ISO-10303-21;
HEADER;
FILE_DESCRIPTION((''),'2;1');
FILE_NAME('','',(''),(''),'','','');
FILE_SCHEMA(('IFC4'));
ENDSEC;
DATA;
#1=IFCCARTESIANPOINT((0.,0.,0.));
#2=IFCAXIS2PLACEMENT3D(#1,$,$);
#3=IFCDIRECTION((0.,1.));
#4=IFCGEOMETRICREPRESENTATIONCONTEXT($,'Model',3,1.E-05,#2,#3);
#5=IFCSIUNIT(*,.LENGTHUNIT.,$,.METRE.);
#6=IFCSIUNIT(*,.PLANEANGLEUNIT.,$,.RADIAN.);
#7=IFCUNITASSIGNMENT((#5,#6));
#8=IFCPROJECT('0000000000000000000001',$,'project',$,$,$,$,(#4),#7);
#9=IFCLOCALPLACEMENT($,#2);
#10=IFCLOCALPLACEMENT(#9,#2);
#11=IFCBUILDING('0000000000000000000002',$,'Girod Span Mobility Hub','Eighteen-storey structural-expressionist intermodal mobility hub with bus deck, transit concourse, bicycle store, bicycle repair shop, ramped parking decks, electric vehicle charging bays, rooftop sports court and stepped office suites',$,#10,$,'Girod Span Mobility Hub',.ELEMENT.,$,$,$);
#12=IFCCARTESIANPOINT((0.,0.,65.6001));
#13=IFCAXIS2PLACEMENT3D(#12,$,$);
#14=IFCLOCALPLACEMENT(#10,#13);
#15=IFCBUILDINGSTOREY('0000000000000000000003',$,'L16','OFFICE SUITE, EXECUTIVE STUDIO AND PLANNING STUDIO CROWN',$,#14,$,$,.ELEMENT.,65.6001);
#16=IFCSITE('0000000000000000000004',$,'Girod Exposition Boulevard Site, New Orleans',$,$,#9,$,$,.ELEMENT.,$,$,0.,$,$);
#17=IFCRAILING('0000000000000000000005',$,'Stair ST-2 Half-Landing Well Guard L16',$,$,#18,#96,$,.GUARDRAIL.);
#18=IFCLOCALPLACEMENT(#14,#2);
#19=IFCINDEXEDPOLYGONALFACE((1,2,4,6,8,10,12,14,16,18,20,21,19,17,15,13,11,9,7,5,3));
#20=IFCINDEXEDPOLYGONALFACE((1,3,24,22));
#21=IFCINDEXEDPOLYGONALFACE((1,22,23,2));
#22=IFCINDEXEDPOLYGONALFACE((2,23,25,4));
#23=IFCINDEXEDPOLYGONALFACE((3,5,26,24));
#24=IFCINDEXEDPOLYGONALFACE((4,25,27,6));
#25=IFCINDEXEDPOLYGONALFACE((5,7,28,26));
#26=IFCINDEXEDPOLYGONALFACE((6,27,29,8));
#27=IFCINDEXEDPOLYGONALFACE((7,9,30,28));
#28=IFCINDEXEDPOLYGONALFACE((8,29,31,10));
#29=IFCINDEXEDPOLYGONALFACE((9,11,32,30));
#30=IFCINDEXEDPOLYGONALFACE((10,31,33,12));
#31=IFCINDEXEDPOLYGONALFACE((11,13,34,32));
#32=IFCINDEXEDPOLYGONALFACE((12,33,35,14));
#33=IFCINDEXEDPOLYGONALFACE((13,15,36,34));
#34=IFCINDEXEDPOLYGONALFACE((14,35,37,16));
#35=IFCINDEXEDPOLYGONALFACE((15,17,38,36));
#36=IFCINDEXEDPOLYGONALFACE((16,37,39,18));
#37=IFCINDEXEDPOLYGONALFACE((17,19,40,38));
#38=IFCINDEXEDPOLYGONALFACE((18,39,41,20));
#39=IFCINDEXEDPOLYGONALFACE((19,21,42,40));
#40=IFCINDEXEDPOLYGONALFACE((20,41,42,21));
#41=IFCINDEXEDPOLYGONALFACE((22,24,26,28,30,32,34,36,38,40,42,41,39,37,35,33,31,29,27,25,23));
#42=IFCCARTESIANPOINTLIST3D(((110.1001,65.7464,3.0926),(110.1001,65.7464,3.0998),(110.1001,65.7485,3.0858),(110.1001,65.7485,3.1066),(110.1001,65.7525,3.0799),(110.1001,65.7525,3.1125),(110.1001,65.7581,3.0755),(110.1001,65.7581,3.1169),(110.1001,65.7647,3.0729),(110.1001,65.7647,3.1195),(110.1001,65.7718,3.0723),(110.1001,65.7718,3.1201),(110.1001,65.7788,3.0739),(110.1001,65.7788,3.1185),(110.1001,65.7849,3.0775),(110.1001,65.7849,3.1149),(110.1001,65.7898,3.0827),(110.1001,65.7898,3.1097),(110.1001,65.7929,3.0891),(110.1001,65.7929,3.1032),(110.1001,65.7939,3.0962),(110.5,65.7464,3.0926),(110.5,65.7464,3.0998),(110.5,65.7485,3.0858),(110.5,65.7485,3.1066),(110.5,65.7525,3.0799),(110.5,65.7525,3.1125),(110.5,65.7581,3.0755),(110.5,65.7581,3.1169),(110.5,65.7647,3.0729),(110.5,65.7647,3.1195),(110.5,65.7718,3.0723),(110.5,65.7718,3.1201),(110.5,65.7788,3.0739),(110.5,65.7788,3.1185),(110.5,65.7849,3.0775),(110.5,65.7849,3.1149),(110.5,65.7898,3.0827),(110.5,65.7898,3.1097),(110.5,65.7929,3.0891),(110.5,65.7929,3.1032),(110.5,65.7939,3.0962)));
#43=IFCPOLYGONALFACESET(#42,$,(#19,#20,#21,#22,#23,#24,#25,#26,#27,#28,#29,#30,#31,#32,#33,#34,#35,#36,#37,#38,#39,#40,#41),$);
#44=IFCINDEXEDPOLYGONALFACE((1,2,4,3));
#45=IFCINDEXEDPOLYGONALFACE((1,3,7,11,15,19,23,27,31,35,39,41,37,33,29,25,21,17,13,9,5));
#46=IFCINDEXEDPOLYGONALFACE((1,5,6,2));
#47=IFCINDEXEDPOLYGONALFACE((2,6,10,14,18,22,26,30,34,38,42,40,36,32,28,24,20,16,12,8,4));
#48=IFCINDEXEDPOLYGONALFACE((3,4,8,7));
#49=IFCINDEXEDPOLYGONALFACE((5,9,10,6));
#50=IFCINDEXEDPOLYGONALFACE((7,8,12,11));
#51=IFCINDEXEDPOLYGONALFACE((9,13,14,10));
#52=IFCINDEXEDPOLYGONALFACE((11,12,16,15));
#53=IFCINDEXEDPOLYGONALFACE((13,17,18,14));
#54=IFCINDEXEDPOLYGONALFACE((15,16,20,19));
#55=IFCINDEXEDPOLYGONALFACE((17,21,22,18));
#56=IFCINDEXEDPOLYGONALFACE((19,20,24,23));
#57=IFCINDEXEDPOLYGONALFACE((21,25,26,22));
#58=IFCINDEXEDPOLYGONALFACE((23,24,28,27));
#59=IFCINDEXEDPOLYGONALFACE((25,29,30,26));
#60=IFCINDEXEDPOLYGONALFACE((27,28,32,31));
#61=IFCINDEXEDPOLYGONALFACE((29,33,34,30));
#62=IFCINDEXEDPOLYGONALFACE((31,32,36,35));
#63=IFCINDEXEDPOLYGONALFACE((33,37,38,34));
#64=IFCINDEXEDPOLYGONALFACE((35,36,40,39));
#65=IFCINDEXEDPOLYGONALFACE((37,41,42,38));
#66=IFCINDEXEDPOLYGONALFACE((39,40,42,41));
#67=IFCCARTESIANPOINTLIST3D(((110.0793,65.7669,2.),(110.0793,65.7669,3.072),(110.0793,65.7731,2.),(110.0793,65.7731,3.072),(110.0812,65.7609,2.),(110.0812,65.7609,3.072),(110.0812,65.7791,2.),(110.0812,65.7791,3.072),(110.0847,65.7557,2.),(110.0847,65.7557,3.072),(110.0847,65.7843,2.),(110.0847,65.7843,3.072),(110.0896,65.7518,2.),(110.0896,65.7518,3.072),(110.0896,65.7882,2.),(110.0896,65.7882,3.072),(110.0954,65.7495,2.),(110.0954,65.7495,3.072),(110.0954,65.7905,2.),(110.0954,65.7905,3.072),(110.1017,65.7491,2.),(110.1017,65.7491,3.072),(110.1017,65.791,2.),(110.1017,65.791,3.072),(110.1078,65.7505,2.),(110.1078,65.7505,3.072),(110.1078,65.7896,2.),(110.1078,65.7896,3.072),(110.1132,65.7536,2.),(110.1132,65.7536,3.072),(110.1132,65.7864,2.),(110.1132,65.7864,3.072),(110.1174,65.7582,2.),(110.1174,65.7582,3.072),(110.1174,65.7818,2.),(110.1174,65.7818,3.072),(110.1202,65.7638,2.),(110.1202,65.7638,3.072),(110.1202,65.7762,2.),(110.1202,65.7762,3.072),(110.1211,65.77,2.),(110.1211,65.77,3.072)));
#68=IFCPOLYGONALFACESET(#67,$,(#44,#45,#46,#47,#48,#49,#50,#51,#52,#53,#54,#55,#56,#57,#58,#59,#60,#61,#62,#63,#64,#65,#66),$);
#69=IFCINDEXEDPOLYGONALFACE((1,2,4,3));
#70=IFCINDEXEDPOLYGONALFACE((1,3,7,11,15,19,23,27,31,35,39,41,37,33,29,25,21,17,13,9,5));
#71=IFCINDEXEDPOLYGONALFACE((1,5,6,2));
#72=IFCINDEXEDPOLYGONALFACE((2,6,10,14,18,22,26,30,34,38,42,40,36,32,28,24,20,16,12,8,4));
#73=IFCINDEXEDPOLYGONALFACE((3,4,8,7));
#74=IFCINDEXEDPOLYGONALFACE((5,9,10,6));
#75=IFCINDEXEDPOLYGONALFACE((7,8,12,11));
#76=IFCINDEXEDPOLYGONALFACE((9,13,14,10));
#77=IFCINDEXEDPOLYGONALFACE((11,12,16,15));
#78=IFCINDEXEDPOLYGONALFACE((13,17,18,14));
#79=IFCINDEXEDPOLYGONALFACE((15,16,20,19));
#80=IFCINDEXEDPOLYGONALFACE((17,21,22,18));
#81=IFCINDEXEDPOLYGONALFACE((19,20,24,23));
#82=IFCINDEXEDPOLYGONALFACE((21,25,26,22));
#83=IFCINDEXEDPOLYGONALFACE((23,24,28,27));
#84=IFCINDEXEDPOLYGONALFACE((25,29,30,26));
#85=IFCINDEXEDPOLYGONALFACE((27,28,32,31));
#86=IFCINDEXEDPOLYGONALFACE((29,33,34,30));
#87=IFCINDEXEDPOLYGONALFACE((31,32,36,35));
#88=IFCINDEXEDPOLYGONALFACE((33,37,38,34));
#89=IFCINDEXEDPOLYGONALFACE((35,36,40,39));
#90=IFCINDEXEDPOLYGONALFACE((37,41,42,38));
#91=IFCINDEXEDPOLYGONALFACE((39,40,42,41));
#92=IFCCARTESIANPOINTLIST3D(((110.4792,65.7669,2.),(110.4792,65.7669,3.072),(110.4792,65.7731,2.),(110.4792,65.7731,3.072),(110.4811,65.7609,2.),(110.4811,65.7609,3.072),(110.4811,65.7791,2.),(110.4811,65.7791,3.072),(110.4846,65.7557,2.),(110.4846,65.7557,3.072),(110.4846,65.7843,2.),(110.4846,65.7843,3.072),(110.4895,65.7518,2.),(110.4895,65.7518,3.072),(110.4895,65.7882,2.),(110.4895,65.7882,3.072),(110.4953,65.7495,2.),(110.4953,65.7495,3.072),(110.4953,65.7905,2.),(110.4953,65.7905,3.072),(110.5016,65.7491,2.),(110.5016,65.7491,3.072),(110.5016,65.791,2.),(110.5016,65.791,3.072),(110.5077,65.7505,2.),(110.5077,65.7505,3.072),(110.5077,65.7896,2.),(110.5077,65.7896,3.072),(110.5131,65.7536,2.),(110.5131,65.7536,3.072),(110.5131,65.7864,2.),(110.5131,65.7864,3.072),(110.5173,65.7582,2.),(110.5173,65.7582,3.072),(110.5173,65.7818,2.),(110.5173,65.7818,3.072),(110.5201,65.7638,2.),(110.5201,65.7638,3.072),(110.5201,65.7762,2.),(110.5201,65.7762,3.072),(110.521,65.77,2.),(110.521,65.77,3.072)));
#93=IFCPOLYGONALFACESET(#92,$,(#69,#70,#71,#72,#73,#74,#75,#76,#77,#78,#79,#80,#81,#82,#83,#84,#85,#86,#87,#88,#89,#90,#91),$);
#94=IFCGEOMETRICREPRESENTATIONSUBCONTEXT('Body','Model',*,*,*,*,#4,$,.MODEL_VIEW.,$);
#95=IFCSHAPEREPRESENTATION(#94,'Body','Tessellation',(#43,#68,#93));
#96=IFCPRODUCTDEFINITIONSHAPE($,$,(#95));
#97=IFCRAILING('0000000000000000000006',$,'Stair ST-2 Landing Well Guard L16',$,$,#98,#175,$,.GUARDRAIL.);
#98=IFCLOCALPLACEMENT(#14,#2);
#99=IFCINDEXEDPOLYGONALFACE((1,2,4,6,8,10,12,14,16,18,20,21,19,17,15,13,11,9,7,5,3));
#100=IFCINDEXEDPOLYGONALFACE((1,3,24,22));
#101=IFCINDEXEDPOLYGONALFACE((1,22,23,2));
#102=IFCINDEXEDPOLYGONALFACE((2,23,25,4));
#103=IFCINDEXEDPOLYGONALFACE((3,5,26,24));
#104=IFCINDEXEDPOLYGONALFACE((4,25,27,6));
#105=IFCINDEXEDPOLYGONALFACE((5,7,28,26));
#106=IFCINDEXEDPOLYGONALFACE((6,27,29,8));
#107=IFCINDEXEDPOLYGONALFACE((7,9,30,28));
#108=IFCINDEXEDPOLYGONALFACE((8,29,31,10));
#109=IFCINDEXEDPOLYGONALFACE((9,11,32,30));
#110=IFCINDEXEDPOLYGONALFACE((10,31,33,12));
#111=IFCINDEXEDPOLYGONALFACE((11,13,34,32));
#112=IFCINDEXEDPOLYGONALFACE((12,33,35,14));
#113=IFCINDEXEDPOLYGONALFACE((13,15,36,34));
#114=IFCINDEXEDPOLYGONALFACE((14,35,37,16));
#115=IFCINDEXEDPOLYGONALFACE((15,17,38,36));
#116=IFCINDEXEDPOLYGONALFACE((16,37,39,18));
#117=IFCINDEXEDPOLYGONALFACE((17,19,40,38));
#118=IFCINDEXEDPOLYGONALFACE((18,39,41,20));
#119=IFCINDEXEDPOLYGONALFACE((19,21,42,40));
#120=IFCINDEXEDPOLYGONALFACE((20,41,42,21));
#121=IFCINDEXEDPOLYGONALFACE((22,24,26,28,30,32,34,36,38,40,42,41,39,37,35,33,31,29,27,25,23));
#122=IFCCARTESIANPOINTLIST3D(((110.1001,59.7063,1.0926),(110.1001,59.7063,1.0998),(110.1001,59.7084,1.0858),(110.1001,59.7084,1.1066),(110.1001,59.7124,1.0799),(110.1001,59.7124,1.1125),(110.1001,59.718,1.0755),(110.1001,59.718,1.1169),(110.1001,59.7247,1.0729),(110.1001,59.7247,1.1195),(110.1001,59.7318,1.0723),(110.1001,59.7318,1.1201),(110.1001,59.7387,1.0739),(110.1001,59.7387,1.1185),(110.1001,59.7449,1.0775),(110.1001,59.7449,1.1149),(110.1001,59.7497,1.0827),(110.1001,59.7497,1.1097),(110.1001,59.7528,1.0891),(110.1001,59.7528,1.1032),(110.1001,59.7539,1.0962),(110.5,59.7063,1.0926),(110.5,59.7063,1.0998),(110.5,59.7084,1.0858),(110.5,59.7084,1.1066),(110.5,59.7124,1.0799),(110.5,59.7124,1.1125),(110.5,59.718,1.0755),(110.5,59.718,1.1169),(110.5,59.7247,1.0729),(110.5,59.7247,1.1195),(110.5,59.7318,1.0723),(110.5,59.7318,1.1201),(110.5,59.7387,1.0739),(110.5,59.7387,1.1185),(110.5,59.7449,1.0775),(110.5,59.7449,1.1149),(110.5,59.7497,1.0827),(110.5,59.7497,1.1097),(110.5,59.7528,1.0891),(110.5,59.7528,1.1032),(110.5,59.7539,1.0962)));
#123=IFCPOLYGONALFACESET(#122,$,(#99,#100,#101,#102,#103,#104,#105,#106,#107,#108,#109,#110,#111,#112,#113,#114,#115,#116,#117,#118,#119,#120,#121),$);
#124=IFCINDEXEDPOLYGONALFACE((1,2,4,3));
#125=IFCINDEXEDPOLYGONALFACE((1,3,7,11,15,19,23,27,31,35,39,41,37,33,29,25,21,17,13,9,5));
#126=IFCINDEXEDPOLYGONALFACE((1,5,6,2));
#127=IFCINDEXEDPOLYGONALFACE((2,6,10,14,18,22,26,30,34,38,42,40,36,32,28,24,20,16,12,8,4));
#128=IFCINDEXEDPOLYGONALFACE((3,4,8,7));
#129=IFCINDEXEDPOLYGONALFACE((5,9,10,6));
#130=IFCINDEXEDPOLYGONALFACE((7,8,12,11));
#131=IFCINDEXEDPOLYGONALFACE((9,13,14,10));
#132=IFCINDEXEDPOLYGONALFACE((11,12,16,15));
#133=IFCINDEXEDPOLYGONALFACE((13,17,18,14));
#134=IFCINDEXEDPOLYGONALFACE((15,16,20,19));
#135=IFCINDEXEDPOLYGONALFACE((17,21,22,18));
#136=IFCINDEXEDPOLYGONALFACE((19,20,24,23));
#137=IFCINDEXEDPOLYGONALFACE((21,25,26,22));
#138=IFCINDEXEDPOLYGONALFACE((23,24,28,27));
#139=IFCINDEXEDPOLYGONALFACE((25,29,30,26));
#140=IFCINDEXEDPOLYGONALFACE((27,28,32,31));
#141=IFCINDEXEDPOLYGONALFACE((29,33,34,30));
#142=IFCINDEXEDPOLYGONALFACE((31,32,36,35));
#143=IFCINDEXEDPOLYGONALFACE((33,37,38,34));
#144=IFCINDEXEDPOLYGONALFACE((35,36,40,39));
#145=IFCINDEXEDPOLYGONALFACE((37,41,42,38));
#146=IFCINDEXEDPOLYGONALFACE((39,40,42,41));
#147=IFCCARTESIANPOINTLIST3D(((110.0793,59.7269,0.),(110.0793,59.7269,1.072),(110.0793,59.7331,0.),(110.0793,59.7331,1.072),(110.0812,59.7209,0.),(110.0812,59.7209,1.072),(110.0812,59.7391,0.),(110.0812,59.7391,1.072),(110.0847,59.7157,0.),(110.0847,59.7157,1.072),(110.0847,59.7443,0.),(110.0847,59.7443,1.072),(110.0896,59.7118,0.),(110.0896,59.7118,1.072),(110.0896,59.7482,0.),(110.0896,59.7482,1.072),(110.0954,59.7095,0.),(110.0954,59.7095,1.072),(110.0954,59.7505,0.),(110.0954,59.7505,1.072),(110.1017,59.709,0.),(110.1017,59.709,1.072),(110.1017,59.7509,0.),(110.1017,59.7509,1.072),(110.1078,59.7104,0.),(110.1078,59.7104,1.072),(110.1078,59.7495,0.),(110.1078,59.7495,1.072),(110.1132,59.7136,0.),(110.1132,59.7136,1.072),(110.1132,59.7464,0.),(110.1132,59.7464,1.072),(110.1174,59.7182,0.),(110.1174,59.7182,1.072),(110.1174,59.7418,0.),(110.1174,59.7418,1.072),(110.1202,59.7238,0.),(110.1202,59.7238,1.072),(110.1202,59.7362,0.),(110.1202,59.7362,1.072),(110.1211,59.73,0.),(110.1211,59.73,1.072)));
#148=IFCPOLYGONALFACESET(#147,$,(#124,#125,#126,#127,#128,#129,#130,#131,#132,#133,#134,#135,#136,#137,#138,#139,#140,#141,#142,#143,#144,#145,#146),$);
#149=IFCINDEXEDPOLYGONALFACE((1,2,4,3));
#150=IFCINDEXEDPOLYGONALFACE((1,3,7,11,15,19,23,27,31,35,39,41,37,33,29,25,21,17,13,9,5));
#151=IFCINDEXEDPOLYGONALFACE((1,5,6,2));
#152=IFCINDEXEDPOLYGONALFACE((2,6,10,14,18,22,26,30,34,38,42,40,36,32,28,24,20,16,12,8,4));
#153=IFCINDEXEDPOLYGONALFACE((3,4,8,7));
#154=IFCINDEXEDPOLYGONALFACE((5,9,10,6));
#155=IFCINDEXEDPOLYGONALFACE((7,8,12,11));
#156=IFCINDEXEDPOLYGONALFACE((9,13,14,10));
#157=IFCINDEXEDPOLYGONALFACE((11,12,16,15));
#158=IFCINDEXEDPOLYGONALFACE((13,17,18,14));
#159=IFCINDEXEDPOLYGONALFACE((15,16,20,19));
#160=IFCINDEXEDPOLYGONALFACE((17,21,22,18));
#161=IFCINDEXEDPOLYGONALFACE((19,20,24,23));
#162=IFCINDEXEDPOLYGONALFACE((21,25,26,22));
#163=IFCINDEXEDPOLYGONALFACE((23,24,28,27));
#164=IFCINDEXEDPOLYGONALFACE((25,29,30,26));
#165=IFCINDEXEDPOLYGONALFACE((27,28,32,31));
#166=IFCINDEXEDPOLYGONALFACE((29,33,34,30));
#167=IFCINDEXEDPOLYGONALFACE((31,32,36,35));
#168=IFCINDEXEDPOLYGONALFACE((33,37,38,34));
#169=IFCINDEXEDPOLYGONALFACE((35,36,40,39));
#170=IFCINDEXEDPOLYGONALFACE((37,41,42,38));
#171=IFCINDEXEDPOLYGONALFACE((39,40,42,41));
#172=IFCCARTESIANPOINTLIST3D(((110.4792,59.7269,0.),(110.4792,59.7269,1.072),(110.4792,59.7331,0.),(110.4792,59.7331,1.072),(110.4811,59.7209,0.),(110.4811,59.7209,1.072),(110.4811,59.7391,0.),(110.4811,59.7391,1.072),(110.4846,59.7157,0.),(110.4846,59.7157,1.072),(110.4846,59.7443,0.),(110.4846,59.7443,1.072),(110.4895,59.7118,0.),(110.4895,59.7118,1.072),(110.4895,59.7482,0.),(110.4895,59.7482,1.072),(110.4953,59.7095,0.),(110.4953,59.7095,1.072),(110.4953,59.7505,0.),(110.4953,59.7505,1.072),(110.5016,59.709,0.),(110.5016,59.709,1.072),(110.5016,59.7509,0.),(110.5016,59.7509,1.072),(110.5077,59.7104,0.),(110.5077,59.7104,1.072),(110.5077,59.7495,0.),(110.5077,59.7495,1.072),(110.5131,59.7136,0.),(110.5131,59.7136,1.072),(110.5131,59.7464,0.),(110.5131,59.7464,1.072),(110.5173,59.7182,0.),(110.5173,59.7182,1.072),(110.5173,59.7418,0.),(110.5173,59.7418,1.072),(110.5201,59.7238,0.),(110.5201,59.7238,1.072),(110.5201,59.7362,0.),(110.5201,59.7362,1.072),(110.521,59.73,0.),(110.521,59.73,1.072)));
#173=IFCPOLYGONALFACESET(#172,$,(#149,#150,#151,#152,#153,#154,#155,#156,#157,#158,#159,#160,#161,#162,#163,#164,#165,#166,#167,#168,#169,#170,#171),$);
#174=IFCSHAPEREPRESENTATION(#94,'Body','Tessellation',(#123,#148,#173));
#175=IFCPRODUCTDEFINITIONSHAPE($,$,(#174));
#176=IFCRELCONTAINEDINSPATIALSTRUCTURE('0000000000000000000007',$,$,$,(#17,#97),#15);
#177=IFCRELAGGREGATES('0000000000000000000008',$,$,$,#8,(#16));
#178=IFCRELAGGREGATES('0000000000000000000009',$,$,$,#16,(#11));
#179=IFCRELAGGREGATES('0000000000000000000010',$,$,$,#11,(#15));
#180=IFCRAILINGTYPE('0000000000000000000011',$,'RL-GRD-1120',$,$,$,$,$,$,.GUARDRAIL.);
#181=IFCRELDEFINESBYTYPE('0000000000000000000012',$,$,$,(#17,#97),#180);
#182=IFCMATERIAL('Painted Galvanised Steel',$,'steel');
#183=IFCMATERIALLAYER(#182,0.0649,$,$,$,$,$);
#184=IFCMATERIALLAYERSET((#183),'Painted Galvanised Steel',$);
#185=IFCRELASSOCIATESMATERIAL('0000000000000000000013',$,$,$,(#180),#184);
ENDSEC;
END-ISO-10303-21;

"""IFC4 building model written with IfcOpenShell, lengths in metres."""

from ifc_helpers import new_model, si_unit, direction, frame, origin, origin_2d, place, context, subcontext, project, spatial, circle, extrude, material, layer, layer_set, type_object, element, save


model = new_model("IFC4")

# Units and contexts
model_context = context("Model", 3, precision=1e-05, world=origin(), true_north=direction((0.0, 1.0)))
body_context = subcontext(model_context, "Body", "Model", "MODEL_VIEW")
ifc_project = project(units=[si_unit("LENGTHUNIT", "METRE"), si_unit("PLANEANGLEUNIT", "RADIAN")], contexts=[model_context])

# Site, building, storey
site_placement = place(None, origin())
site = spatial("IfcSite", under=ifc_project, at=site_placement, Name="Girod Exposition Boulevard Site, New Orleans", CompositionType="ELEMENT", RefElevation=0.0)
building_placement = place(site_placement, origin())
building = spatial("IfcBuilding", under=site, at=building_placement, Name="Girod Span Mobility Hub", Description="Eighteen-storey structural-expressionist intermodal mobility hub with bus deck, transit concourse, bicycle store, bicycle repair shop, ramped parking decks, electric vehicle charging bays, rooftop sports court and stepped office suites", LongName="Girod Span Mobility Hub", CompositionType="ELEMENT")
storey_placement = place(building_placement, frame((0.0, 0.0, 65.6001)))
storey = spatial("IfcBuildingStorey", under=building, at=storey_placement, Name="L16", Description="OFFICE SUITE, EXECUTIVE STUDIO AND PLANNING STUDIO CROWN", CompositionType="ELEMENT", Elevation=65.6001)

# Railings
ifc_material_1 = material(Name="Painted Galvanised Steel", Category="steel")
ifc_layer_1 = layer(ifc_material_1, 0.0649)
ifc_layer_set_1 = layer_set([ifc_layer_1], Name="Painted Galvanised Steel")
railing_type_1 = type_object("IfcRailingType", Name="RL-GRD-1120", PredefinedType="GUARDRAIL", material=ifc_layer_set_1)
for number, where, name in (
    (1, (110.1001, 65.77, 2.0), "Stair ST-2 Half-Landing Well Guard L16"),
    (2, (110.1001, 59.73, 0.0), "Stair ST-2 Landing Well Guard L16"),
):
    element("IfcRailing", number, at=place(storey_placement, frame(where)), inside=storey, type_object=railing_type_1, Name=name, PredefinedType="GUARDRAIL", context=body_context, shape_type="SweptSolid", body=[
        extrude(circle(Radius=0.0239, at=origin_2d()), frame((0.0, 0.0, 1.0962), z_axis=(1.0, 0.0, 0.0), x_axis=(0.0, 1.0, 0.0)), (0.0, 0.0, 1.0), 0.3999),
        extrude(circle(Radius=0.021, at=origin_2d()), origin(), (0.0, 0.0, 1.0), 1.072),
        extrude(circle(Radius=0.021, at=origin_2d()), frame((0.3999, 0.0, 0.0)), (0.0, 0.0, 1.0), 1.072),
    ])

save(model, "model.ifc")
